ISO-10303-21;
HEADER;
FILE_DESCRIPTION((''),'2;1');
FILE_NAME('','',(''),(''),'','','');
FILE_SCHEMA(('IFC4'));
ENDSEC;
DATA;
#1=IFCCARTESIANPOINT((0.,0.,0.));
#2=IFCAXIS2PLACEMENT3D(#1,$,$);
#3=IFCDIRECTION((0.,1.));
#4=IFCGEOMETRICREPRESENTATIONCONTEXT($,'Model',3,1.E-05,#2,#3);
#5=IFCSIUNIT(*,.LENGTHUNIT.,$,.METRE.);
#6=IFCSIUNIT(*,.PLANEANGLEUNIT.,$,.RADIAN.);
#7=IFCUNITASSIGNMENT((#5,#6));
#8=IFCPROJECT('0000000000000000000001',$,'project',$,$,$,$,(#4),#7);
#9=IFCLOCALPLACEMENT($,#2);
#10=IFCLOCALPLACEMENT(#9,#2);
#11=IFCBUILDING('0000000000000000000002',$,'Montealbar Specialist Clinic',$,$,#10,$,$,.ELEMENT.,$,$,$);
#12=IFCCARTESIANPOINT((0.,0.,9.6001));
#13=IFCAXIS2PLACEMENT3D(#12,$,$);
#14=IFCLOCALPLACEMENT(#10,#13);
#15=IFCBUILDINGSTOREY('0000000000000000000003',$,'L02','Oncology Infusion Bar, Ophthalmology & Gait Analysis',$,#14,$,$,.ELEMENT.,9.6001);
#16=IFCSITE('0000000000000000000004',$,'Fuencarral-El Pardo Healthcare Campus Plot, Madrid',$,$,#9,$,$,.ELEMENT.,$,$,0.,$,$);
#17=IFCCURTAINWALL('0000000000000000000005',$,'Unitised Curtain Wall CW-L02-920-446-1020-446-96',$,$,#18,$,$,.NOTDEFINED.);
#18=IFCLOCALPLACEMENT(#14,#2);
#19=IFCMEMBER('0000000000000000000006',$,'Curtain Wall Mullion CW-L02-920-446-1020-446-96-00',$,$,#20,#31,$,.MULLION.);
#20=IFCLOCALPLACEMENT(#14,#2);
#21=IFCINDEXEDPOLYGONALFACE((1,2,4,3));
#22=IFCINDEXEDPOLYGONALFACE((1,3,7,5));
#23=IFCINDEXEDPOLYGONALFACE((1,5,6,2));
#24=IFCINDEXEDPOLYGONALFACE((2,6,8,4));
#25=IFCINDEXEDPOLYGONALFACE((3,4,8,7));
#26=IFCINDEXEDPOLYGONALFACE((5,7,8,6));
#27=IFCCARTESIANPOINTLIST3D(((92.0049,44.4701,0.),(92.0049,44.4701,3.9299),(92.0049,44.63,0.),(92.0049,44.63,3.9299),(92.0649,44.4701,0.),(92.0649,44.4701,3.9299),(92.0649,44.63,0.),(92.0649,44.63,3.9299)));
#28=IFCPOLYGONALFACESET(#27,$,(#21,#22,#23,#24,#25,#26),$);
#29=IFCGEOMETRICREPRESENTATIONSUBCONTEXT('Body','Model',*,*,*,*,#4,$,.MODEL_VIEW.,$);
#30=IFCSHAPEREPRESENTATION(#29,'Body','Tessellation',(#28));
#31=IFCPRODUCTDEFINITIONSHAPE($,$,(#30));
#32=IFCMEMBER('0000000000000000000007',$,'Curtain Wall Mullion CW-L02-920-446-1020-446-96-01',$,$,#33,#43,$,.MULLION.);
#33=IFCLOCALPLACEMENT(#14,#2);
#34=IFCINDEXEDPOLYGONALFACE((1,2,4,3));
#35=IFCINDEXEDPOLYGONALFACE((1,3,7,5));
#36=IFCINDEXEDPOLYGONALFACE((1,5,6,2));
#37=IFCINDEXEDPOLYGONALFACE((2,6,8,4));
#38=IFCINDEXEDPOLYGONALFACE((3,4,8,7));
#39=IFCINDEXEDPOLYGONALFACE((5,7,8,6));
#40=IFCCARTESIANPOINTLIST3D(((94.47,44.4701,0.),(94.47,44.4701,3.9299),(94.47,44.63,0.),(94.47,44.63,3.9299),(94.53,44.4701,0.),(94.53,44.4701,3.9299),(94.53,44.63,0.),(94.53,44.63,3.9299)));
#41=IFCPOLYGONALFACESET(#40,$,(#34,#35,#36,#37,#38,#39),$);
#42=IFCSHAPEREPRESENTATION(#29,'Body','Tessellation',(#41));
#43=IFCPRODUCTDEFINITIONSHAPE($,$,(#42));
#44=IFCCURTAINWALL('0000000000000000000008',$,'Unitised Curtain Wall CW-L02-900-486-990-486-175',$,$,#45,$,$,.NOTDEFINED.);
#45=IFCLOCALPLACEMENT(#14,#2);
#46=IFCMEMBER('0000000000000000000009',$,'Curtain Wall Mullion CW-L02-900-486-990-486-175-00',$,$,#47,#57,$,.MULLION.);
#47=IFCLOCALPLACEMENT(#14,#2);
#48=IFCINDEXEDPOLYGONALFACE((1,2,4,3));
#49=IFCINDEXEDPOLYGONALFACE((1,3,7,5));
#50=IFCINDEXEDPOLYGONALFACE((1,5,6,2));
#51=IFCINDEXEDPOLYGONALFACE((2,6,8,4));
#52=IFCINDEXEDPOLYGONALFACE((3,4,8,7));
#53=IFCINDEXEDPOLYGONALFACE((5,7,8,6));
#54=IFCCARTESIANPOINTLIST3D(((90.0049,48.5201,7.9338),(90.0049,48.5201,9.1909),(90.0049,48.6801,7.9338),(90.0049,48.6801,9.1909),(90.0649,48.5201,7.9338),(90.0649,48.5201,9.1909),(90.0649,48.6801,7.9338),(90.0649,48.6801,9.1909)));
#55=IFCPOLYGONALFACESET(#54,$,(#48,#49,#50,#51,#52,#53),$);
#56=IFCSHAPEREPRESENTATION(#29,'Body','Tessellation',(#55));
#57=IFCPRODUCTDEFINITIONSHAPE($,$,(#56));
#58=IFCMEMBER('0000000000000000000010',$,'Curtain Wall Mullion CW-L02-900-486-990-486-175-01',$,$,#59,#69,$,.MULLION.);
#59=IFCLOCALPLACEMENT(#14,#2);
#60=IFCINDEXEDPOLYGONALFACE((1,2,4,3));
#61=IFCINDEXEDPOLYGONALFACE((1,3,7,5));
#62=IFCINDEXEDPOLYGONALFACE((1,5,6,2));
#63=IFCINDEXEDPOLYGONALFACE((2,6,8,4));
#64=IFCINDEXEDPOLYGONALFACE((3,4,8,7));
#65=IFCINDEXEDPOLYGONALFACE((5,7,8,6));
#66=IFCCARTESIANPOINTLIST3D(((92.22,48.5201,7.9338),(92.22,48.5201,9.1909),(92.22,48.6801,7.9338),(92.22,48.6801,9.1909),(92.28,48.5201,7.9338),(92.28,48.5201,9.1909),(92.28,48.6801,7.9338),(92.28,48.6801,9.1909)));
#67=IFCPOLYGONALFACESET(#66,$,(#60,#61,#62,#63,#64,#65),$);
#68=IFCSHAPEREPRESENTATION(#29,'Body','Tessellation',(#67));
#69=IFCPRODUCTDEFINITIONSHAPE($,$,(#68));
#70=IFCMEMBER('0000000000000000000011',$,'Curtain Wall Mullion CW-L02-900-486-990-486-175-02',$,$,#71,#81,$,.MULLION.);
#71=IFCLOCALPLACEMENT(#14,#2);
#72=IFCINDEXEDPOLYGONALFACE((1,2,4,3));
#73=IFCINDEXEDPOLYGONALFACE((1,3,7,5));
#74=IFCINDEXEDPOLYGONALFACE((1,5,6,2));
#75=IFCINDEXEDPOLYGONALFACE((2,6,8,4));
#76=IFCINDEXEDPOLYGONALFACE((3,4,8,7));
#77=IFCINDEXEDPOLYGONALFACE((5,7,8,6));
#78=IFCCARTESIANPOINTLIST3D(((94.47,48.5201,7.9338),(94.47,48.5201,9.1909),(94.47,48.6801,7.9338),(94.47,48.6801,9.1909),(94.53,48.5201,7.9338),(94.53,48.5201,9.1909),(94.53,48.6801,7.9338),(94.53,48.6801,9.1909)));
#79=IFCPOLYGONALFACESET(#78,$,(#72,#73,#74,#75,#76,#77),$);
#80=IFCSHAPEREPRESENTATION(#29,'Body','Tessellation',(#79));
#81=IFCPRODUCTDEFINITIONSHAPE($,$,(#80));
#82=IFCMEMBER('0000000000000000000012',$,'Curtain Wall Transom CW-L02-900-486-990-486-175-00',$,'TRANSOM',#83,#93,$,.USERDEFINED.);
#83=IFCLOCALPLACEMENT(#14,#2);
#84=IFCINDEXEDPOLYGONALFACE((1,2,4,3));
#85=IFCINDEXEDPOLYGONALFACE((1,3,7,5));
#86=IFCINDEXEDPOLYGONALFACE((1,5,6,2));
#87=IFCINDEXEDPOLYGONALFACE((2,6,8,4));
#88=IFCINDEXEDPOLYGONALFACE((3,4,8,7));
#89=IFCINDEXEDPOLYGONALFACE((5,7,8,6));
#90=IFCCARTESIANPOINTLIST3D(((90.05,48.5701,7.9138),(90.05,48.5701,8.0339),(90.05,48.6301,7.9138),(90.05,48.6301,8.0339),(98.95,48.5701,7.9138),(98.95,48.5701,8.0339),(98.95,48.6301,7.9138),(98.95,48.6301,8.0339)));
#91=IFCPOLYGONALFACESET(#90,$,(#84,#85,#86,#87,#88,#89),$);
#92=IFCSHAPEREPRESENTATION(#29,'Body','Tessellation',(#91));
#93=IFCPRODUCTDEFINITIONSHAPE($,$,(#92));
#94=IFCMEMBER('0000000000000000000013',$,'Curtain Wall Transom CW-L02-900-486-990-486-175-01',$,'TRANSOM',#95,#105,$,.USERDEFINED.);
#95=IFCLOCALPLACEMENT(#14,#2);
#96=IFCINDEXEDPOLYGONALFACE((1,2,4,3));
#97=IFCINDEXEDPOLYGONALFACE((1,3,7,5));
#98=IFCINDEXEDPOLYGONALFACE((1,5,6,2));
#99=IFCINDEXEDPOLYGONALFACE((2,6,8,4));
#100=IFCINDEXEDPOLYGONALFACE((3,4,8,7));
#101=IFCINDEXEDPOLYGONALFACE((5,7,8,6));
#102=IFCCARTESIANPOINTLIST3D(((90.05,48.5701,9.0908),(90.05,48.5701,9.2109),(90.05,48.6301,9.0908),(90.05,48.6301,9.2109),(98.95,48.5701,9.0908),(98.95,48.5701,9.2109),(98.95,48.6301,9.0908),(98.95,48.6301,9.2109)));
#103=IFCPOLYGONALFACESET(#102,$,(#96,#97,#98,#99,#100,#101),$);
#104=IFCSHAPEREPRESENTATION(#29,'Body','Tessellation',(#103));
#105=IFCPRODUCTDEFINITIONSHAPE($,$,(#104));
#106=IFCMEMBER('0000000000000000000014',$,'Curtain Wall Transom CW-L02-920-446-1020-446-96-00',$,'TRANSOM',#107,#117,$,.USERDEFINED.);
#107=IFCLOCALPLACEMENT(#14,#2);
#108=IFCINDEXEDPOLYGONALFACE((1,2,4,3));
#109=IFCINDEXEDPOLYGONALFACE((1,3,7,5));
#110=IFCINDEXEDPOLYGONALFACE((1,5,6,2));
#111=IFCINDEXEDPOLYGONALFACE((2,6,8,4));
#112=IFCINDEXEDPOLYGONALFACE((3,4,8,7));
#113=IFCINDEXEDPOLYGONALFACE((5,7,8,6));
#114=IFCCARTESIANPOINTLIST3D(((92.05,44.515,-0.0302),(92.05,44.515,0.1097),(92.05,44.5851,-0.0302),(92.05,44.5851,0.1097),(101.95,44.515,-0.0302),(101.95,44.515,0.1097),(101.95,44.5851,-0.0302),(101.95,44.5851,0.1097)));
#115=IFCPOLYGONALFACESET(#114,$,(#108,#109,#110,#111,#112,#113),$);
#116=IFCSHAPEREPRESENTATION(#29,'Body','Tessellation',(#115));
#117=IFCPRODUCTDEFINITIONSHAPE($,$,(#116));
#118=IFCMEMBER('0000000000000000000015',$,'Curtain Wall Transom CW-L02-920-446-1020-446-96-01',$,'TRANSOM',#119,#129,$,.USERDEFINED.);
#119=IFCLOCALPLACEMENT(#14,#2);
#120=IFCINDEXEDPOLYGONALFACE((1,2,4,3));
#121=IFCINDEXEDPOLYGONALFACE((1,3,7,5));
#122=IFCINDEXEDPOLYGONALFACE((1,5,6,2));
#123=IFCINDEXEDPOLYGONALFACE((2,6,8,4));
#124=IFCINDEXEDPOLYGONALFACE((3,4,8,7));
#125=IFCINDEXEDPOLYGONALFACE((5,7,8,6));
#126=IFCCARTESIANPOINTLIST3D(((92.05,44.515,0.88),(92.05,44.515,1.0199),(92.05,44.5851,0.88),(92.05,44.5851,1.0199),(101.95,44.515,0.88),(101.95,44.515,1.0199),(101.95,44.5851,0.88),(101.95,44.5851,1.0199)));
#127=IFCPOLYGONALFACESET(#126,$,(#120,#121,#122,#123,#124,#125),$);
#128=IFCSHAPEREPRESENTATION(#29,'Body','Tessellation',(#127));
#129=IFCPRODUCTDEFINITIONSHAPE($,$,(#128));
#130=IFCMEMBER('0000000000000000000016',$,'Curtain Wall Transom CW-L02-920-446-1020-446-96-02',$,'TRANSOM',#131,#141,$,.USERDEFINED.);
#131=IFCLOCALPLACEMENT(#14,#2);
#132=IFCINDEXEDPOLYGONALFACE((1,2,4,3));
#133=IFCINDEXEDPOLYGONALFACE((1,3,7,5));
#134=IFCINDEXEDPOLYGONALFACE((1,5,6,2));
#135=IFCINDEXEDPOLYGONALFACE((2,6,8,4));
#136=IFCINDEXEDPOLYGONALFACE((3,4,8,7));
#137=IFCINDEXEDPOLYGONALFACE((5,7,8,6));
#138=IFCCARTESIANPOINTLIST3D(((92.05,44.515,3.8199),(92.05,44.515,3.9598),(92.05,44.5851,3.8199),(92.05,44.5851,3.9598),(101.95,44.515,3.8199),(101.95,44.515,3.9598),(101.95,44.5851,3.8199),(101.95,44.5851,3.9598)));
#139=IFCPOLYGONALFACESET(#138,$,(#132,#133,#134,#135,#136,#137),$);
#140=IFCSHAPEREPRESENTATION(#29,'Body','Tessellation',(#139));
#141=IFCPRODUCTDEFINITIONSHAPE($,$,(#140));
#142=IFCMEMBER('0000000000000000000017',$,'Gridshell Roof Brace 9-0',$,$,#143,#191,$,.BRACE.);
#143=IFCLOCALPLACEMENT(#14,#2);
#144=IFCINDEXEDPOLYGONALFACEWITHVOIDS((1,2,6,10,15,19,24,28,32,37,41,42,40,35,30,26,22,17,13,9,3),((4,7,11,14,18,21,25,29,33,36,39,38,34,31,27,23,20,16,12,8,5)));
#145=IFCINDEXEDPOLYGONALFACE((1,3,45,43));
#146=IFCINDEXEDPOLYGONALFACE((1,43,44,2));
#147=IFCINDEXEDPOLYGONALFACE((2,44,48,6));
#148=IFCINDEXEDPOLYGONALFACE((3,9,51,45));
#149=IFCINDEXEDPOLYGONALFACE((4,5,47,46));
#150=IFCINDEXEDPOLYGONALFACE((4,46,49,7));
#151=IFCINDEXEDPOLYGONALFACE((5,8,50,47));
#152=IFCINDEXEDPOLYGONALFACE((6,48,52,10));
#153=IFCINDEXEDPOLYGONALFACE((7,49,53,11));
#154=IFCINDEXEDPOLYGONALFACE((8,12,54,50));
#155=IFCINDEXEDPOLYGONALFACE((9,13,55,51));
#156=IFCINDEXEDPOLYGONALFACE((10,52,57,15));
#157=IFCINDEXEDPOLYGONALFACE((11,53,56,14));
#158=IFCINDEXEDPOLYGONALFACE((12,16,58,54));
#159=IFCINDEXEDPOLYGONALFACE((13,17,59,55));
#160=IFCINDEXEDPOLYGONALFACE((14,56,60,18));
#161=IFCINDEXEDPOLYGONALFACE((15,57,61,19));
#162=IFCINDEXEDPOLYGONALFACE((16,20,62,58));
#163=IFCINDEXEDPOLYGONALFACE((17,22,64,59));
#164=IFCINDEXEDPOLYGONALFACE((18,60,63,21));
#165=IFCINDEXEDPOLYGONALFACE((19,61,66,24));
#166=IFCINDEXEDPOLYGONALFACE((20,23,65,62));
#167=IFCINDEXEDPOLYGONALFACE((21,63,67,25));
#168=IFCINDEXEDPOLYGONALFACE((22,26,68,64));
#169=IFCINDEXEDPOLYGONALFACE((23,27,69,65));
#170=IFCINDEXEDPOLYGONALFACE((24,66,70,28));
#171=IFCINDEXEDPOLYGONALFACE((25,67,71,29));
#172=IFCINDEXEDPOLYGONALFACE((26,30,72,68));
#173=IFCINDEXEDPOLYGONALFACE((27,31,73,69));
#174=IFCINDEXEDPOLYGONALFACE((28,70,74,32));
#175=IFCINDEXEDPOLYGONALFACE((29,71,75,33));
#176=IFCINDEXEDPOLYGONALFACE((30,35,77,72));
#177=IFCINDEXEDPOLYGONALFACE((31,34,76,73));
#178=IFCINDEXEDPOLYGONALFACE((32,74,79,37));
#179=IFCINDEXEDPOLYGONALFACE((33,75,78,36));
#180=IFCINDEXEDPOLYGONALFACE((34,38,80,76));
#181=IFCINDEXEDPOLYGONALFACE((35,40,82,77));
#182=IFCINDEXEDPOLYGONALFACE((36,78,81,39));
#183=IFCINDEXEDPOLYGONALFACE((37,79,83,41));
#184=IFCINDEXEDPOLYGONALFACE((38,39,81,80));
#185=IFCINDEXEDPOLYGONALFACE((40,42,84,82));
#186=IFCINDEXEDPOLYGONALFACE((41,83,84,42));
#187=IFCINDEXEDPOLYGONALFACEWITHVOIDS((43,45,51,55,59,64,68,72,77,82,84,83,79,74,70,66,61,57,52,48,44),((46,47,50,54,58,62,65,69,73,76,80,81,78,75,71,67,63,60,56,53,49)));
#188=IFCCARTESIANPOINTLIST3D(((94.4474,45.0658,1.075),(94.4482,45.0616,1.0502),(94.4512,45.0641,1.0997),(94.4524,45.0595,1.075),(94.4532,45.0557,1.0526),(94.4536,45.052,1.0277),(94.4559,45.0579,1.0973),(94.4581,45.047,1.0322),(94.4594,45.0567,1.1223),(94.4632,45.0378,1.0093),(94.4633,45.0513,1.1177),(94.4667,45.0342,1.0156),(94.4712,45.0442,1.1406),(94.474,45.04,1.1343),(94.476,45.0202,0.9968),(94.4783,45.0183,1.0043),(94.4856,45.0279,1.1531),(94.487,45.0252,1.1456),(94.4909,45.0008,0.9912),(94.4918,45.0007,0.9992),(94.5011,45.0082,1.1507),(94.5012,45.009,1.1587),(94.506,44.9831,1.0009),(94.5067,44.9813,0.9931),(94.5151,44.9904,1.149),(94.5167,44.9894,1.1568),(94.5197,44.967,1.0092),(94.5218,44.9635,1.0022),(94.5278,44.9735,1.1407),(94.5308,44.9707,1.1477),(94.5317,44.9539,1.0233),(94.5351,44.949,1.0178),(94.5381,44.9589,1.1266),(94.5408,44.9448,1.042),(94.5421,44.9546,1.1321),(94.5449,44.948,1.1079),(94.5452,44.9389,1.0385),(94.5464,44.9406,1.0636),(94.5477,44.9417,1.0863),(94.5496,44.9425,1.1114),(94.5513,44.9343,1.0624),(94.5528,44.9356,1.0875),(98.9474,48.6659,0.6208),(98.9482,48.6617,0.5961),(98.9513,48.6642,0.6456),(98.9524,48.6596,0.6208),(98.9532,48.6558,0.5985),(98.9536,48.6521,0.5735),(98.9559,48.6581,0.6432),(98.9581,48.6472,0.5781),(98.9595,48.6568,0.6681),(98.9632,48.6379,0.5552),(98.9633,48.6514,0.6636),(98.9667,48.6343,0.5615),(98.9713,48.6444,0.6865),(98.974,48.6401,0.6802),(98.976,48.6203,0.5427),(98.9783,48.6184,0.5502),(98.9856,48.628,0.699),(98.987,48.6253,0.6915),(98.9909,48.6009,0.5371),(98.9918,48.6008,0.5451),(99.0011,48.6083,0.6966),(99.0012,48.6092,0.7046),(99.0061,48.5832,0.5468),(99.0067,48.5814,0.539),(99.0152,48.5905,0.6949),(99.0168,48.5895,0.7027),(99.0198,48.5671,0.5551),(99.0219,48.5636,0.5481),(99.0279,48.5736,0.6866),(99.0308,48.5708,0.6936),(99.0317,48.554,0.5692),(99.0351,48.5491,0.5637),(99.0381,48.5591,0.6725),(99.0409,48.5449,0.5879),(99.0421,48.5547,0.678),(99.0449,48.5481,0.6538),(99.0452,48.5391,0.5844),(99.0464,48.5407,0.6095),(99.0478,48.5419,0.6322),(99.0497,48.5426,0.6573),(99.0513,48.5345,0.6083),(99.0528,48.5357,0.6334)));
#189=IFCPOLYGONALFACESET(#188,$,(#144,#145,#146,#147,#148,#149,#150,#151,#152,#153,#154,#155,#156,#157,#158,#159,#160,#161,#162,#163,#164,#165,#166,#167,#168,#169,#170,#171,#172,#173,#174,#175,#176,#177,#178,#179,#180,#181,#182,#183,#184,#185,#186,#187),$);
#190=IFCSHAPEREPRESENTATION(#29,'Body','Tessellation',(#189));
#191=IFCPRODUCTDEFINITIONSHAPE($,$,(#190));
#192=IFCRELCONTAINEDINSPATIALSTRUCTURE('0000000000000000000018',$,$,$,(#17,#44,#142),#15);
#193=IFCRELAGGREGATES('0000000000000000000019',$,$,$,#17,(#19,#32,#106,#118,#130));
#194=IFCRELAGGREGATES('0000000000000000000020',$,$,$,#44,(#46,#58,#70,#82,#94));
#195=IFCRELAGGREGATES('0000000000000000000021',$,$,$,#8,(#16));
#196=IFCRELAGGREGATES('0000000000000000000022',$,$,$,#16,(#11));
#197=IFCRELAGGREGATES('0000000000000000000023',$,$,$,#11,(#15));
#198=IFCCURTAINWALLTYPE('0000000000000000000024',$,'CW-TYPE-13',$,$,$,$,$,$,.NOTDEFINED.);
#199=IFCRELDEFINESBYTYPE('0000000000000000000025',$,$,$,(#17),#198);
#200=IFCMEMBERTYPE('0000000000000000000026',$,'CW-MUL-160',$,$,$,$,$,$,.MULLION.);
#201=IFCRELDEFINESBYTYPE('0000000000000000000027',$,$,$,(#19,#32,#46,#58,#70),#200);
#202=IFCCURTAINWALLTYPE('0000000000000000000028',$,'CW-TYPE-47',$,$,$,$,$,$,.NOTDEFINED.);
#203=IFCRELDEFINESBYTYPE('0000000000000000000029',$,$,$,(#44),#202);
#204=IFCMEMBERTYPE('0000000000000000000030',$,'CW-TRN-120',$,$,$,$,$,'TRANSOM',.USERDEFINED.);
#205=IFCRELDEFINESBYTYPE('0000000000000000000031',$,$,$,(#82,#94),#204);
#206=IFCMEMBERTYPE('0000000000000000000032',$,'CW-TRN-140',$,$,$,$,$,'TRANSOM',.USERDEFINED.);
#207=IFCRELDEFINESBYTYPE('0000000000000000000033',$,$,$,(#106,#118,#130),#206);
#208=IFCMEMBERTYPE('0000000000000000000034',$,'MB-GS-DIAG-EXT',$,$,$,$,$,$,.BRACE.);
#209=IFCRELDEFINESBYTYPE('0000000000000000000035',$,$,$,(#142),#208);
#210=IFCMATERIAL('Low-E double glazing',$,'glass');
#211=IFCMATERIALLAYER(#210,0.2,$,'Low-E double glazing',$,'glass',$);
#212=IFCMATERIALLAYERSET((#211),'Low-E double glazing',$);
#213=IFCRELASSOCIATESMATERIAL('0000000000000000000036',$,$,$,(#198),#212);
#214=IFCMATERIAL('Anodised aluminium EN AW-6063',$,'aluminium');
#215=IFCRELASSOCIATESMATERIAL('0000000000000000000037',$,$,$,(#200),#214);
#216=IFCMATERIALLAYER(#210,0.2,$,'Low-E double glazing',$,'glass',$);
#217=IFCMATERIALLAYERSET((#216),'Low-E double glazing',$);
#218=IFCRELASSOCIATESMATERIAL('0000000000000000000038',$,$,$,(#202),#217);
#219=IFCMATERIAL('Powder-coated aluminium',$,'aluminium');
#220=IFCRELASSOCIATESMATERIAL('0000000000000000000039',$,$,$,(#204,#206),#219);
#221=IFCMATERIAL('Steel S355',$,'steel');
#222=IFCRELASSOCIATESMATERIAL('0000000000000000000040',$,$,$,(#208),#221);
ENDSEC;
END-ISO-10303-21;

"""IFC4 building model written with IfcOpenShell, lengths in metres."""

from ifc_helpers import new_model, si_unit, direction, frame, origin, origin_2d, place, context, subcontext, project, spatial, rectangle, hollow_circle, extrude, material, layer, layer_set, material_profile, profile_set, type_object, element, aggregate, save


model = new_model("IFC4")

# Units and contexts
model_context = context("Model", 3, precision=1e-05, world=origin(), true_north=direction((0.0, 1.0)))
body_context = subcontext(model_context, "Body", "Model", "MODEL_VIEW")
ifc_project = project(units=[si_unit("LENGTHUNIT", "METRE"), si_unit("PLANEANGLEUNIT", "RADIAN")], contexts=[model_context])

# Site, building, storey
site_placement = place(None, origin())
site = spatial("IfcSite", under=ifc_project, at=site_placement, Name="Fuencarral-El Pardo Healthcare Campus Plot, Madrid", CompositionType="ELEMENT", RefElevation=0.0)
building_placement = place(site_placement, origin())
building = spatial("IfcBuilding", under=site, at=building_placement, Name="Montealbar Specialist Clinic", CompositionType="ELEMENT")
storey_placement = place(building_placement, frame((0.0, 0.0, 9.6001)))
storey = spatial("IfcBuildingStorey", under=building, at=storey_placement, Name="L02", Description="Oncology Infusion Bar, Ophthalmology & Gait Analysis", CompositionType="ELEMENT", Elevation=9.6001)

# Shared definitions
ifc_material_1 = material(Name="Steel S355", Category="steel")

# Shared definitions
ifc_material_2 = material(Name="Low-E double glazing", Category="glass")
ifc_layer_1 = layer(ifc_material_2, 0.2, Name="Low-E double glazing", Category="glass")
ifc_layer_set_1 = layer_set([ifc_layer_1], Name="Low-E double glazing")
curtain_wall_type_1 = type_object("IfcCurtainWallType", Name="CW-TYPE-13", PredefinedType="NOTDEFINED", material=ifc_layer_set_1)
ifc_material_3 = material(Name="Anodised aluminium EN AW-6063", Category="aluminium")
ifc_material_profile_1 = material_profile(ifc_material_3, rectangle(XDim=0.0601, YDim=0.1599, at=origin_2d()), Name="ALU 60x160", Category="aluminium")
ifc_profile_set_1 = profile_set([ifc_material_profile_1], Name="Anodised aluminium EN AW-6063")
member_type_1 = type_object("IfcMemberType", Name="CW-MUL-160", PredefinedType="MULLION", material=ifc_profile_set_1)

# Curtain walls, members
curtain_wall_1_placement = place(storey_placement, origin())
curtain_wall_1 = element("IfcCurtainWall", 1, at=curtain_wall_1_placement, inside=storey, type_object=curtain_wall_type_1, Name="Unitised Curtain Wall CW-L02-920-446-1020-446-96", PredefinedType="NOTDEFINED")
member_1_placement = place(storey_placement, frame((92.0349, 44.55, 0.0), z_axis=(0.0, 0.0, 1.0), x_axis=(1.0, 0.0, 0.0)))
member_1 = element("IfcMember", 2, at=member_1_placement, type_object=member_type_1, Name="Curtain Wall Mullion CW-L02-920-446-1020-446-96-00", PredefinedType="MULLION", context=body_context, shape_type="SweptSolid", body=[
    extrude(rectangle(XDim=0.0601, YDim=0.1599, at=origin_2d()), origin(), (0.0, 0.0, 1.0), 3.9299),
])
member_2_placement = place(storey_placement, frame((94.5, 44.55, 0.0), z_axis=(0.0, 0.0, 1.0), x_axis=(1.0, 0.0, 0.0)))
member_2 = element("IfcMember", 3, at=member_2_placement, type_object=member_type_1, Name="Curtain Wall Mullion CW-L02-920-446-1020-446-96-01", PredefinedType="MULLION", context=body_context, shape_type="SweptSolid", body=[
    extrude(rectangle(XDim=0.0601, YDim=0.1599, at=origin_2d()), origin(), (0.0, 0.0, 1.0), 3.9299),
])
ifc_layer_2 = layer(ifc_material_2, 0.2, Name="Low-E double glazing", Category="glass")
ifc_layer_set_2 = layer_set([ifc_layer_2], Name="Low-E double glazing")
curtain_wall_type_2 = type_object("IfcCurtainWallType", Name="CW-TYPE-47", PredefinedType="NOTDEFINED", material=ifc_layer_set_2)
curtain_wall_2_placement = place(storey_placement, origin())
curtain_wall_2 = element("IfcCurtainWall", 4, at=curtain_wall_2_placement, inside=storey, type_object=curtain_wall_type_2, Name="Unitised Curtain Wall CW-L02-900-486-990-486-175", PredefinedType="NOTDEFINED")
member_3_placement = place(storey_placement, frame((90.0349, 48.6001, 7.9338), z_axis=(0.0, 0.0, 1.0), x_axis=(1.0, 0.0, 0.0)))
member_3 = element("IfcMember", 5, at=member_3_placement, type_object=member_type_1, Name="Curtain Wall Mullion CW-L02-900-486-990-486-175-00", PredefinedType="MULLION", context=body_context, shape_type="SweptSolid", body=[
    extrude(rectangle(XDim=0.0601, YDim=0.1599, at=origin_2d()), origin(), (0.0, 0.0, 1.0), 1.2571),
])
member_4_placement = place(storey_placement, frame((92.25, 48.6001, 7.9338), z_axis=(0.0, 0.0, 1.0), x_axis=(1.0, 0.0, 0.0)))
member_4 = element("IfcMember", 6, at=member_4_placement, type_object=member_type_1, Name="Curtain Wall Mullion CW-L02-900-486-990-486-175-01", PredefinedType="MULLION", context=body_context, shape_type="SweptSolid", body=[
    extrude(rectangle(XDim=0.0601, YDim=0.1599, at=origin_2d()), origin(), (0.0, 0.0, 1.0), 1.2571),
])
member_5_placement = place(storey_placement, frame((94.5, 48.6001, 7.9338), z_axis=(0.0, 0.0, 1.0), x_axis=(1.0, 0.0, 0.0)))
member_5 = element("IfcMember", 7, at=member_5_placement, type_object=member_type_1, Name="Curtain Wall Mullion CW-L02-900-486-990-486-175-02", PredefinedType="MULLION", context=body_context, shape_type="SweptSolid", body=[
    extrude(rectangle(XDim=0.0601, YDim=0.1599, at=origin_2d()), origin(), (0.0, 0.0, 1.0), 1.2571),
])
ifc_material_4 = material(Name="Powder-coated aluminium", Category="aluminium")
ifc_material_profile_2 = material_profile(ifc_material_4, rectangle(XDim=0.0601, YDim=0.1201, at=origin_2d()), Name="ALU 60x120", Category="aluminium")
ifc_profile_set_2 = profile_set([ifc_material_profile_2], Name="Powder-coated aluminium")
member_type_2 = type_object("IfcMemberType", Name="CW-TRN-120", ElementType="TRANSOM", PredefinedType="USERDEFINED", material=ifc_profile_set_2)
member_6_placement = place(storey_placement, frame((90.05, 48.6001, 7.9739), z_axis=(1.0, 0.0, 0.0), x_axis=(0.0, 1.0, 0.0)))
member_6 = element("IfcMember", 8, at=member_6_placement, type_object=member_type_2, Name="Curtain Wall Transom CW-L02-900-486-990-486-175-00", ObjectType="TRANSOM", PredefinedType="USERDEFINED", context=body_context, shape_type="SweptSolid", body=[
    extrude(rectangle(XDim=0.0601, YDim=0.1201, at=origin_2d()), origin(), (0.0, 0.0, 1.0), 8.8999),
])
member_7_placement = place(storey_placement, frame((90.05, 48.6001, 9.1509), z_axis=(1.0, 0.0, 0.0), x_axis=(0.0, 1.0, 0.0)))
member_7 = element("IfcMember", 9, at=member_7_placement, type_object=member_type_2, Name="Curtain Wall Transom CW-L02-900-486-990-486-175-01", ObjectType="TRANSOM", PredefinedType="USERDEFINED", context=body_context, shape_type="SweptSolid", body=[
    extrude(rectangle(XDim=0.0601, YDim=0.1201, at=origin_2d()), origin(), (0.0, 0.0, 1.0), 8.8999),
])

# Members
ifc_material_profile_3 = material_profile(ifc_material_4, rectangle(XDim=0.0701, YDim=0.1399, at=origin_2d()), Name="ALU 70x140", Category="aluminium")
ifc_profile_set_3 = profile_set([ifc_material_profile_3], Name="Powder-coated aluminium")
member_type_3 = type_object("IfcMemberType", Name="CW-TRN-140", ElementType="TRANSOM", PredefinedType="USERDEFINED", material=ifc_profile_set_3)
member_8_placement = place(storey_placement, frame((92.05, 44.55, 0.0398), z_axis=(1.0, 0.0, 0.0), x_axis=(0.0, 1.0, 0.0)))
member_8 = element("IfcMember", 10, at=member_8_placement, type_object=member_type_3, Name="Curtain Wall Transom CW-L02-920-446-1020-446-96-00", ObjectType="TRANSOM", PredefinedType="USERDEFINED", context=body_context, shape_type="SweptSolid", body=[
    extrude(rectangle(XDim=0.0701, YDim=0.1399, at=origin_2d()), origin(), (0.0, 0.0, 1.0), 9.8999),
])
member_9_placement = place(storey_placement, frame((92.05, 44.55, 0.95), z_axis=(1.0, 0.0, 0.0), x_axis=(0.0, 1.0, 0.0)))
member_9 = element("IfcMember", 11, at=member_9_placement, type_object=member_type_3, Name="Curtain Wall Transom CW-L02-920-446-1020-446-96-01", ObjectType="TRANSOM", PredefinedType="USERDEFINED", context=body_context, shape_type="SweptSolid", body=[
    extrude(rectangle(XDim=0.0701, YDim=0.1399, at=origin_2d()), origin(), (0.0, 0.0, 1.0), 9.8999),
])
member_10_placement = place(storey_placement, frame((92.05, 44.55, 3.8899), z_axis=(1.0, 0.0, 0.0), x_axis=(0.0, 1.0, 0.0)))
member_10 = element("IfcMember", 12, at=member_10_placement, type_object=member_type_3, Name="Curtain Wall Transom CW-L02-920-446-1020-446-96-02", ObjectType="TRANSOM", PredefinedType="USERDEFINED", context=body_context, shape_type="SweptSolid", body=[
    extrude(rectangle(XDim=0.0701, YDim=0.1399, at=origin_2d()), origin(), (0.0, 0.0, 1.0), 9.8999),
])

# Member
ifc_material_profile_4 = material_profile(ifc_material_1, hollow_circle(Radius=0.0842, WallThickness=0.0081, at=origin_2d()), Name="CHS 168.3x8.0", Category="steel")
ifc_profile_set_4 = profile_set([ifc_material_profile_4], Name="Steel S355")
member_type_4 = type_object("IfcMemberType", Name="MB-GS-DIAG-EXT", PredefinedType="BRACE", material=ifc_profile_set_4)
member_11_placement = place(storey_placement, frame((94.5, 45.0, 1.075), z_axis=(0.778448, 0.622775, -0.078554), x_axis=(-0.624705, 0.780861, 0.0)))
element("IfcMember", 13, at=member_11_placement, inside=storey, type_object=member_type_4, Name="Gridshell Roof Brace 9-0", PredefinedType="BRACE", context=body_context, shape_type="SweptSolid", body=[
    extrude(hollow_circle(Radius=0.0842, WallThickness=0.0081, at=origin_2d()), origin(), (0.0, 0.0, 1.0), 5.7808),
])

aggregate(curtain_wall_1, [member_1, member_2, member_8, member_9, member_10])
aggregate(curtain_wall_2, [member_3, member_4, member_5, member_6, member_7])

save(model, "model.ifc")
